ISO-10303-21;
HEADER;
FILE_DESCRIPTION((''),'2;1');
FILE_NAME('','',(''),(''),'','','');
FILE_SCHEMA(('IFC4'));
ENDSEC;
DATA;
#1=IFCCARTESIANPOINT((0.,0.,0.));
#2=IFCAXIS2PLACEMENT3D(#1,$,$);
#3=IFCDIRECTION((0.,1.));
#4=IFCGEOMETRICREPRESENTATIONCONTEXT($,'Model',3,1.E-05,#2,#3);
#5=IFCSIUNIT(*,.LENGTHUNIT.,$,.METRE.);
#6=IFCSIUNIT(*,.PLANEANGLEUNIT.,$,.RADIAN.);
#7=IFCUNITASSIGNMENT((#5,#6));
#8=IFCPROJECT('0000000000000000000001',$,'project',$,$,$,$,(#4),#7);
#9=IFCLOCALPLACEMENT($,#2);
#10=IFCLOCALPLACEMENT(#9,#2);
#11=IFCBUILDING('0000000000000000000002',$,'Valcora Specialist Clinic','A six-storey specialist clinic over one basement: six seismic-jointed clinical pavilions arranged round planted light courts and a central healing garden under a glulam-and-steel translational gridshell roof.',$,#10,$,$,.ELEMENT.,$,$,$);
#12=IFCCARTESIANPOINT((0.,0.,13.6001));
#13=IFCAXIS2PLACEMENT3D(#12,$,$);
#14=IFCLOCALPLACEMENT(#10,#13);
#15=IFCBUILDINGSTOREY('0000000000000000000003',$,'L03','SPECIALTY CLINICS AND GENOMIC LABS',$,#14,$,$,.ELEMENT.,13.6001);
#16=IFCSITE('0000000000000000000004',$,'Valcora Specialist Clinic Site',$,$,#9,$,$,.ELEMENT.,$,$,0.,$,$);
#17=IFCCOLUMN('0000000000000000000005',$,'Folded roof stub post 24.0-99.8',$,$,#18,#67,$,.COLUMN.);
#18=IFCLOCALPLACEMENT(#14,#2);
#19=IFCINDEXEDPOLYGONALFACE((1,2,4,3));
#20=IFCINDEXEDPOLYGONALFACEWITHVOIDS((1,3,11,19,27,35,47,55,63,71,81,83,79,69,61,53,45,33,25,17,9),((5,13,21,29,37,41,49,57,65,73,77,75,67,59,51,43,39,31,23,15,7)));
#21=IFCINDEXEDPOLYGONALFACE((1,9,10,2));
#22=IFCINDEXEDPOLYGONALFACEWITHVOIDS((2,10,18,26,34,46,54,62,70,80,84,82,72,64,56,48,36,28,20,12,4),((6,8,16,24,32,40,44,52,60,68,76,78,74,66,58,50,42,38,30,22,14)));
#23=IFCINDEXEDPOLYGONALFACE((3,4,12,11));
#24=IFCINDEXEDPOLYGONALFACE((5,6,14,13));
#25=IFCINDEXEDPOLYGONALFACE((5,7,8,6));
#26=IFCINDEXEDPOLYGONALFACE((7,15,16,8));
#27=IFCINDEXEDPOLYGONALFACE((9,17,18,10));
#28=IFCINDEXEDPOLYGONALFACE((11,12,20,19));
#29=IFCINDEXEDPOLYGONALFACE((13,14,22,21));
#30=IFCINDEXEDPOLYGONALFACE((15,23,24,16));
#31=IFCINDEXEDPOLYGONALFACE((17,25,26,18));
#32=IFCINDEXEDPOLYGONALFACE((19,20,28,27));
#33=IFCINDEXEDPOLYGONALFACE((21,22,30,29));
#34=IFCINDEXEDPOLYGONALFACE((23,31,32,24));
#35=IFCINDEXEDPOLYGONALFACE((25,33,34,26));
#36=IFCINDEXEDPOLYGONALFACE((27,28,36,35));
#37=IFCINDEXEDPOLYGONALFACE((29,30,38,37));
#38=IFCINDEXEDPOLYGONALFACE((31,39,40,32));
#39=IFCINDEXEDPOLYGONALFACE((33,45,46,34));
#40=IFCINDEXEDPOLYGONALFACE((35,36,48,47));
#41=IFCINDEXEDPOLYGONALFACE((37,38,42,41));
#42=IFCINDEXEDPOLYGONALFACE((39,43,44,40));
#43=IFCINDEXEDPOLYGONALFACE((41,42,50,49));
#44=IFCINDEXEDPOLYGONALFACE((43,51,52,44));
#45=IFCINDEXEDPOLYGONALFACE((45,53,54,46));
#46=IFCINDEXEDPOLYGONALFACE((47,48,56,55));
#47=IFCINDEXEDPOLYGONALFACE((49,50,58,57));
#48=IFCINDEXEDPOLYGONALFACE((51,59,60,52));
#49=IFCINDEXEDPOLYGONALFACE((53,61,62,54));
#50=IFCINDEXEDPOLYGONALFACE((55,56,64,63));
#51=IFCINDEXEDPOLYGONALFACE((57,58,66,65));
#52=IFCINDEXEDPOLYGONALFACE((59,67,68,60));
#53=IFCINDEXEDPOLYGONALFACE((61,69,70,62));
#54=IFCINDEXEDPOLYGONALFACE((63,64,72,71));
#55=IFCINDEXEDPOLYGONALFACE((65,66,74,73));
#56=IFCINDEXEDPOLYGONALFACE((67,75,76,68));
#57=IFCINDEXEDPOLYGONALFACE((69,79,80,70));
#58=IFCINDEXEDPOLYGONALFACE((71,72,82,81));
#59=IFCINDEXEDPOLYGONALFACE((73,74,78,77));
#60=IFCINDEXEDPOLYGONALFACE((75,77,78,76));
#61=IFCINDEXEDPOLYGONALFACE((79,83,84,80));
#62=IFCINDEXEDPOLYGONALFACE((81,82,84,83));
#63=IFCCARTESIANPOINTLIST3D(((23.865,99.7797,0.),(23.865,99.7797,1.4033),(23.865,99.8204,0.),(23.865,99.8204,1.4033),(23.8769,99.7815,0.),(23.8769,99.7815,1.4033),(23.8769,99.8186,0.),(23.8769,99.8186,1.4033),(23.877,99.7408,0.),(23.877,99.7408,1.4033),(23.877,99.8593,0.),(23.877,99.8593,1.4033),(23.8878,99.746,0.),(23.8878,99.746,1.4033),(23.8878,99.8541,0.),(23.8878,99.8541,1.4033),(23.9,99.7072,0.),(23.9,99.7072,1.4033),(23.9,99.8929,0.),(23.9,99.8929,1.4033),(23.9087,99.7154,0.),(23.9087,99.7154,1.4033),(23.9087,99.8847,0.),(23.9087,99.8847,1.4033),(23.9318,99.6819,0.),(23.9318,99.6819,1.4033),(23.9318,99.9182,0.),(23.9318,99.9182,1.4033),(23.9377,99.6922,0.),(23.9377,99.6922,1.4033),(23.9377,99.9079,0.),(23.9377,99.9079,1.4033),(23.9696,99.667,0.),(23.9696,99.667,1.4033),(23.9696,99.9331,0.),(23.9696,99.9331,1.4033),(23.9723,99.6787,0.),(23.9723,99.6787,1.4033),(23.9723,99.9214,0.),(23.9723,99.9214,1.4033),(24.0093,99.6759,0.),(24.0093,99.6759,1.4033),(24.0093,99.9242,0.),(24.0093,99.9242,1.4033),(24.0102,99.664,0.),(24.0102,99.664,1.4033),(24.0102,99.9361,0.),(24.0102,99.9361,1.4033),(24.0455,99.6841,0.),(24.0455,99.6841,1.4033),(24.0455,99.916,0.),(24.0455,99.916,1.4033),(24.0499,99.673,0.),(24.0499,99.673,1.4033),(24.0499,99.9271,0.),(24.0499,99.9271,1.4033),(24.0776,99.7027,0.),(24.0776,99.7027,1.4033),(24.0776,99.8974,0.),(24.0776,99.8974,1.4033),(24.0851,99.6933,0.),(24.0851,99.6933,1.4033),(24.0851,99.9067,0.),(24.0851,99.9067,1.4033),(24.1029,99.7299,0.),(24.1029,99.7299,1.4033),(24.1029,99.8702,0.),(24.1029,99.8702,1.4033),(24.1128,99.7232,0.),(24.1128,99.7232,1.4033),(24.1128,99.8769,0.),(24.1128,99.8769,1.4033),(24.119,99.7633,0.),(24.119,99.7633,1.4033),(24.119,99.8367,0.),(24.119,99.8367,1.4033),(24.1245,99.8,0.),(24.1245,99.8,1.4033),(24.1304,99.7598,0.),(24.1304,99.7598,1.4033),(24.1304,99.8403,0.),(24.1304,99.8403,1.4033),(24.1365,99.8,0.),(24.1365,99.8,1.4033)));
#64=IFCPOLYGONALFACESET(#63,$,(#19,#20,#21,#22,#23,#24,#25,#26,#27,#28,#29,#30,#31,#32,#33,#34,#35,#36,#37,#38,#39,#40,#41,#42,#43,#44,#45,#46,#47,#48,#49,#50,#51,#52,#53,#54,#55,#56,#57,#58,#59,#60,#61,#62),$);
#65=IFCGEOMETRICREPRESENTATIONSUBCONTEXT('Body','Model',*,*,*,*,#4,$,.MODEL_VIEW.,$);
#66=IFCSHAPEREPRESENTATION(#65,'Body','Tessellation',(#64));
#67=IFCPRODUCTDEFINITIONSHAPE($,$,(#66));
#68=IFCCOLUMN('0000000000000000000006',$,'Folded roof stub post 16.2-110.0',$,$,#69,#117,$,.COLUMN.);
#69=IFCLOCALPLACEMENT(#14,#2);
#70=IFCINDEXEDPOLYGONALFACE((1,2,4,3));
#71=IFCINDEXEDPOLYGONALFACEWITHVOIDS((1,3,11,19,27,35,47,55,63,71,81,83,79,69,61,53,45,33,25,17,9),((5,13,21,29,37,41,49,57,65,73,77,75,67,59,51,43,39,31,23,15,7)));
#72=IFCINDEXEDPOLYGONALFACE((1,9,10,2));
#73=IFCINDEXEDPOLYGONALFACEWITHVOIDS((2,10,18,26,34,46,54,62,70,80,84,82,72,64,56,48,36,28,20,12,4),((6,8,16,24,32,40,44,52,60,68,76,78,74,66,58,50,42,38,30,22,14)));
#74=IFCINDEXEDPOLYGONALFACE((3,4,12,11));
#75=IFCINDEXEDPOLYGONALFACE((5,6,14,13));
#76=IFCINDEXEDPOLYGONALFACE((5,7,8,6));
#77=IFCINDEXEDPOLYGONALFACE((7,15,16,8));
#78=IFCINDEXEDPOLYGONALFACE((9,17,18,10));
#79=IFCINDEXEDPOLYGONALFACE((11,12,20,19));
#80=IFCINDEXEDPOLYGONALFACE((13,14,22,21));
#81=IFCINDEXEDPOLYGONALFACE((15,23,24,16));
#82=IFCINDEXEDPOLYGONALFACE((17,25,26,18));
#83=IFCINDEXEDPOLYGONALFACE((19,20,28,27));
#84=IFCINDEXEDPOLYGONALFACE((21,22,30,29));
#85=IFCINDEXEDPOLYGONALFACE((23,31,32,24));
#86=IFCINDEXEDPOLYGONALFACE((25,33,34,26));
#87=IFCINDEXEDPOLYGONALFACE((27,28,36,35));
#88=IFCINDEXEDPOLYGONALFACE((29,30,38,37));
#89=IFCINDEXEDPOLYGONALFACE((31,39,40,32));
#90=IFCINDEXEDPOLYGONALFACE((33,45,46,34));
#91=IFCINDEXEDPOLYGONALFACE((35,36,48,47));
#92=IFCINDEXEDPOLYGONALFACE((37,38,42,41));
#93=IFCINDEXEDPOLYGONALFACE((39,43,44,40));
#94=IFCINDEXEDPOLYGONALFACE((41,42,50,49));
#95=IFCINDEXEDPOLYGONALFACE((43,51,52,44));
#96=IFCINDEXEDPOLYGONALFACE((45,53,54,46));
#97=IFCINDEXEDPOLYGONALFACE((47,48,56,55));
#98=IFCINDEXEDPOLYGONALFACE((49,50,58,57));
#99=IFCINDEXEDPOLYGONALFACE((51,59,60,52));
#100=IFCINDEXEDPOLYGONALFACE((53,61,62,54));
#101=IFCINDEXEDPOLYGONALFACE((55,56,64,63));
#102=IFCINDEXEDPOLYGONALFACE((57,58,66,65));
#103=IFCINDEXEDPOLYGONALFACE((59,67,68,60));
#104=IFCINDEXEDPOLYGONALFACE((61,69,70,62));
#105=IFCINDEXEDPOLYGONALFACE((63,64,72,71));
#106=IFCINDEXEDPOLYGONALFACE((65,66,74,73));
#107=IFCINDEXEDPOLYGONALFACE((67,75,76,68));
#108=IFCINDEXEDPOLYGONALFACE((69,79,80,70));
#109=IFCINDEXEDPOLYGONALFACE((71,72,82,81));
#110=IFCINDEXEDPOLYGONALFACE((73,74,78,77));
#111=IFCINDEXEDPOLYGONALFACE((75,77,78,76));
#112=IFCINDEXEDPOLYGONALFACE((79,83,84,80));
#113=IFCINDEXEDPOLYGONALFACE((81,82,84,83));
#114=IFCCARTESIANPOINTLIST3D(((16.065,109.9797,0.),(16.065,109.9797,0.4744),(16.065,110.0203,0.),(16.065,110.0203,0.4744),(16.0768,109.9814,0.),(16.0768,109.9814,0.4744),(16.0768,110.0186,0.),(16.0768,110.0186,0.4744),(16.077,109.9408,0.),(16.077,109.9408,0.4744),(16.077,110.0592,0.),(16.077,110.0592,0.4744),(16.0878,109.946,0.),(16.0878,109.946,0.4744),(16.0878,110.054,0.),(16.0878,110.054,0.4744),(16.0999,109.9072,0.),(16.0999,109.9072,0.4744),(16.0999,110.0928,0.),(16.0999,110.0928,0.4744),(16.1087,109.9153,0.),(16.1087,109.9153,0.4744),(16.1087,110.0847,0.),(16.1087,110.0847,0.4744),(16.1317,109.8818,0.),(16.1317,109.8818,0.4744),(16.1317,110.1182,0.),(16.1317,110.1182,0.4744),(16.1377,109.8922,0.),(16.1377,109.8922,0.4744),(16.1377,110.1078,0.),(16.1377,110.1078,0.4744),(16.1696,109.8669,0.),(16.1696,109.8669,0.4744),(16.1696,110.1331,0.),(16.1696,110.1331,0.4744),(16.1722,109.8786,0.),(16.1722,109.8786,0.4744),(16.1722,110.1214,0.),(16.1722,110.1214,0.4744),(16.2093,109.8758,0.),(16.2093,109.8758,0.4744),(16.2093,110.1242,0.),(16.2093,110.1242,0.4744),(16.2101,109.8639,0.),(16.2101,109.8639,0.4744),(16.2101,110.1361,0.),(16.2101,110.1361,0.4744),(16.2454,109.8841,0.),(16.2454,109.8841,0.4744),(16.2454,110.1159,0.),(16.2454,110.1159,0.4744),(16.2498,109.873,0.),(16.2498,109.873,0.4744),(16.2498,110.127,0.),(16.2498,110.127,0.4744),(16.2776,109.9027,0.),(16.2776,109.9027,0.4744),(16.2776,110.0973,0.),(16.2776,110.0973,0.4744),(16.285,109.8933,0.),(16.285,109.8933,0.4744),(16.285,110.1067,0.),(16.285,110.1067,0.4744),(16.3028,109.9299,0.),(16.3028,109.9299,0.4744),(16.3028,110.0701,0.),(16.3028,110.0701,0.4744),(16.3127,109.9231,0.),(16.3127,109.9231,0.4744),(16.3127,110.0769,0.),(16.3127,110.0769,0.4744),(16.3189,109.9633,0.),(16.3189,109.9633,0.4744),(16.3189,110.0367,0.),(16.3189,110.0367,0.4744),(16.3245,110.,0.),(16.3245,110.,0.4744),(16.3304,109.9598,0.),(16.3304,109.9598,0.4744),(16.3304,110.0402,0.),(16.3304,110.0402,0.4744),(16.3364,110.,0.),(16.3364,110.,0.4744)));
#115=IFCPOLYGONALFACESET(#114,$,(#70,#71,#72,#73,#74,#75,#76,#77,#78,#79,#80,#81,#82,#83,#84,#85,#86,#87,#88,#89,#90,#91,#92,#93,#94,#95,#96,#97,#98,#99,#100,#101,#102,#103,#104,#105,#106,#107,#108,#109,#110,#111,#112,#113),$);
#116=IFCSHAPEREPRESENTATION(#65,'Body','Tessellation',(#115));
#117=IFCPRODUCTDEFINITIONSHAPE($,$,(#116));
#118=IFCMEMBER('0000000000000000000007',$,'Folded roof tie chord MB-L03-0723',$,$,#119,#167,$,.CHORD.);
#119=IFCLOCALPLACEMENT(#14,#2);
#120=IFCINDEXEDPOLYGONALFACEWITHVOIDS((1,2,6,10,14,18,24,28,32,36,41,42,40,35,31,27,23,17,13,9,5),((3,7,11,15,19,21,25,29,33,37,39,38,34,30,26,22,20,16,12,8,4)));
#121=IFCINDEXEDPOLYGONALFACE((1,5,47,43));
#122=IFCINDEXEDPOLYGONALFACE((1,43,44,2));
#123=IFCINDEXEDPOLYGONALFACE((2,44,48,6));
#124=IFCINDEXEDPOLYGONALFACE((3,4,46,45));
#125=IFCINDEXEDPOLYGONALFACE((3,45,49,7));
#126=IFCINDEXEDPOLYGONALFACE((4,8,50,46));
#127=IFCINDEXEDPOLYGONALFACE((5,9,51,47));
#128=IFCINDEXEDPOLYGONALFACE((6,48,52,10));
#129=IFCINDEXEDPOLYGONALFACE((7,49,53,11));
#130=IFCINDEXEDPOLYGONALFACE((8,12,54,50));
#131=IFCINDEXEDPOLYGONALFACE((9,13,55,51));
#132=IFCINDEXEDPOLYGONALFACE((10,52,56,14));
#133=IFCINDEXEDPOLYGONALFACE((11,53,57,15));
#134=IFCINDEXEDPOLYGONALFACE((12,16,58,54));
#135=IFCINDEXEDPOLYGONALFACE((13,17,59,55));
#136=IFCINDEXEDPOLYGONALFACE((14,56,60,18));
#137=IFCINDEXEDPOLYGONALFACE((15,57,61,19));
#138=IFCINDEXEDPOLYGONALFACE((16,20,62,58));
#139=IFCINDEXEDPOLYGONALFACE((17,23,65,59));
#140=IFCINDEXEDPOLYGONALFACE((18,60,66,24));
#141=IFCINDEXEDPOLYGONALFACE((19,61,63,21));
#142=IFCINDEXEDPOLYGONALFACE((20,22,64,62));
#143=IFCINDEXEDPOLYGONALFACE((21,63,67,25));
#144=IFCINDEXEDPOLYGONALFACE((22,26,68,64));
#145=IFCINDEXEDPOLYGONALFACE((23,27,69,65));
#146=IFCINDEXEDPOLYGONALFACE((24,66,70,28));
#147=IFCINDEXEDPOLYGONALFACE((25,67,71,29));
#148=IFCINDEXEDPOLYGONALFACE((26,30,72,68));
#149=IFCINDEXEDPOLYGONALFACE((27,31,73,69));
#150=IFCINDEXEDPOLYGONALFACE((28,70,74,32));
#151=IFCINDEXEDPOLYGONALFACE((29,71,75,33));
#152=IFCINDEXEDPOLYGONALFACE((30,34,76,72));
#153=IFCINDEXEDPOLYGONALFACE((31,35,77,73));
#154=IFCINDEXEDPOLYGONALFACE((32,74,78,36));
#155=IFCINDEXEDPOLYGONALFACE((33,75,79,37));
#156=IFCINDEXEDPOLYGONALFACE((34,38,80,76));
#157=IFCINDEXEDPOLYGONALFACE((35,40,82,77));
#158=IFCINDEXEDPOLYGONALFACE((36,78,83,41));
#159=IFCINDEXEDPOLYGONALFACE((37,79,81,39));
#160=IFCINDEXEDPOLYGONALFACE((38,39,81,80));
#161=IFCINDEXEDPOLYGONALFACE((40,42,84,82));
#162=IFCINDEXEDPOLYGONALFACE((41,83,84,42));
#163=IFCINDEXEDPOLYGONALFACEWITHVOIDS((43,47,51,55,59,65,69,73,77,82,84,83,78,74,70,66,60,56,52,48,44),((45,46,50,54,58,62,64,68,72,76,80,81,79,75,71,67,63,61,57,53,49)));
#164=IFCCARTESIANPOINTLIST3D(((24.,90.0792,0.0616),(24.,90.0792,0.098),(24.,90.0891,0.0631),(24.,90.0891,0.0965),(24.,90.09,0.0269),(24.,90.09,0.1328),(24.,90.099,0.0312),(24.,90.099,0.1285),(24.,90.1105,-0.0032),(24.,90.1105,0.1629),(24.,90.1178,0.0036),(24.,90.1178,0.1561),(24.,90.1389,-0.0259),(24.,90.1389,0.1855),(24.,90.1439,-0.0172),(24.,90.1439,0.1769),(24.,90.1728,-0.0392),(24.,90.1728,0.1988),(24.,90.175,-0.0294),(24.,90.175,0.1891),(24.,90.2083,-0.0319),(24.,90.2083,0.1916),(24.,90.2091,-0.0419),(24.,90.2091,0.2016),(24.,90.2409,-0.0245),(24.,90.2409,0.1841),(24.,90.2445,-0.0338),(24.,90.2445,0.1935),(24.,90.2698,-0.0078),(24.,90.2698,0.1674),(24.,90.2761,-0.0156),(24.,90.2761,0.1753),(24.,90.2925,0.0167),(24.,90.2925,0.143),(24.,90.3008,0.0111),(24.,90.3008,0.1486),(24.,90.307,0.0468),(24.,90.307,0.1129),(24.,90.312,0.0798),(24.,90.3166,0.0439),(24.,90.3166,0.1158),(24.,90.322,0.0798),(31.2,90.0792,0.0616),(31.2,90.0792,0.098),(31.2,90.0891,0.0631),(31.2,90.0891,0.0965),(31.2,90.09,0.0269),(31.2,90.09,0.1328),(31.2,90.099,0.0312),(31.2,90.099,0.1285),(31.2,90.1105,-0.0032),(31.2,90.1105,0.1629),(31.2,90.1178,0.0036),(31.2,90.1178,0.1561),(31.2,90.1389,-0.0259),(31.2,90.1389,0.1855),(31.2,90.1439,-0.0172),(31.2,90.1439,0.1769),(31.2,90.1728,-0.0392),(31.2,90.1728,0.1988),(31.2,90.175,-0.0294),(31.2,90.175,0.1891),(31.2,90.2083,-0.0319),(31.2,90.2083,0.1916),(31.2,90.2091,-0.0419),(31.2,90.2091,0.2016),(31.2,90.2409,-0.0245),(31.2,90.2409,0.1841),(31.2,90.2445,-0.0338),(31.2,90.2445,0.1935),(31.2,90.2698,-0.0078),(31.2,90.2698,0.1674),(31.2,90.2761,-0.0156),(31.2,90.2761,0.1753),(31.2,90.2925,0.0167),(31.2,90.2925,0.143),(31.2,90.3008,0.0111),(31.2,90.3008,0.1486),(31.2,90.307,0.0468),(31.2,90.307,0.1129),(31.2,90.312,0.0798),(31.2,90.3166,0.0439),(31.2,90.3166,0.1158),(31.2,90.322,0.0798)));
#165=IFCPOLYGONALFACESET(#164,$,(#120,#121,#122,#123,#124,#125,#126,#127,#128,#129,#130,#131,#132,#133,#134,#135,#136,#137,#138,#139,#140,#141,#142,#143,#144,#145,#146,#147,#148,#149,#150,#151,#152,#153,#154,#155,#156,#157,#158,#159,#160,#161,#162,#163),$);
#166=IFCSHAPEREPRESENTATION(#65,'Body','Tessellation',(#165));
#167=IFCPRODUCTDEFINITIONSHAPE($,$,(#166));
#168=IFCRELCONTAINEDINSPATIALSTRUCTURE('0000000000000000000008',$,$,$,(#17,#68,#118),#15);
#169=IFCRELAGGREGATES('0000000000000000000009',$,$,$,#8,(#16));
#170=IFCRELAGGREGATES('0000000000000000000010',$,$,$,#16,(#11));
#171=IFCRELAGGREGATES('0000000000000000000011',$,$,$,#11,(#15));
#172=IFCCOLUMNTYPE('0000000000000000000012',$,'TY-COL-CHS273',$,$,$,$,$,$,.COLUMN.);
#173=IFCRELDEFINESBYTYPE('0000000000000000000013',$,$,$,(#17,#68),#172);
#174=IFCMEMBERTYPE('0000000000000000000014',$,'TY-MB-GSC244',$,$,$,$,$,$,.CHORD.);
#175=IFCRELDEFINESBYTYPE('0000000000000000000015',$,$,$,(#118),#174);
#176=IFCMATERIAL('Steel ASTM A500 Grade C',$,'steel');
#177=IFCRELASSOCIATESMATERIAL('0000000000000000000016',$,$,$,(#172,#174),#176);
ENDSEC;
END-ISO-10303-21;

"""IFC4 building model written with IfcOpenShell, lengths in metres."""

from ifc_helpers import new_model, si_unit, direction, frame, origin, origin_2d, place, context, subcontext, project, spatial, hollow_circle, extrude, material, material_profile, profile_set, type_object, element, save


model = new_model("IFC4")

# Units and contexts
model_context = context("Model", 3, precision=1e-05, world=origin(), true_north=direction((0.0, 1.0)))
body_context = subcontext(model_context, "Body", "Model", "MODEL_VIEW")
ifc_project = project(units=[si_unit("LENGTHUNIT", "METRE"), si_unit("PLANEANGLEUNIT", "RADIAN")], contexts=[model_context])

# Site, building, storey
site_placement = place(None, origin())
site = spatial("IfcSite", under=ifc_project, at=site_placement, Name="Valcora Specialist Clinic Site", CompositionType="ELEMENT", RefElevation=0.0)
building_placement = place(site_placement, origin())
building = spatial("IfcBuilding", under=site, at=building_placement, Name="Valcora Specialist Clinic", Description="A six-storey specialist clinic over one basement: six seismic-jointed clinical pavilions arranged round planted light courts and a central healing garden under a glulam-and-steel translational gridshell roof.", CompositionType="ELEMENT")
storey_placement = place(building_placement, frame((0.0, 0.0, 13.6001)))
storey = spatial("IfcBuildingStorey", under=building, at=storey_placement, Name="L03", Description="SPECIALTY CLINICS AND GENOMIC LABS", CompositionType="ELEMENT", Elevation=13.6001)

# Columns
ifc_material_1 = material(Name="Steel ASTM A500 Grade C", Category="steel")
ifc_material_profile_1 = material_profile(ifc_material_1, hollow_circle(Radius=0.1365, WallThickness=0.012, at=origin_2d()), Name="ST-CHS-273X12")
ifc_profile_set_1 = profile_set([ifc_material_profile_1], Name="Steel ASTM A500 Grade C")
column_type = type_object("IfcColumnType", Name="TY-COL-CHS273", PredefinedType="COLUMN", material=ifc_profile_set_1)
for number, where, z_axis, x_axis, name in (
    (1, (24.0, 99.8, 0.0), (0.0, 0.0, 1.0), (1.0, 0.0, 0.0), "Folded roof stub post 24.0-99.8"),
):
    element("IfcColumn", number, at=place(storey_placement, frame(where, z_axis=z_axis, x_axis=x_axis)), inside=storey, type_object=column_type, Name=name, PredefinedType="COLUMN", context=body_context, shape_type="SweptSolid", body=[
        extrude(hollow_circle(Radius=0.1365, WallThickness=0.012, at=origin_2d()), origin(), (0.0, 0.0, 1.0), 1.4033),
    ])
column_placement = place(storey_placement, frame((16.2, 110.0, 0.0), z_axis=(0.0, 0.0, 1.0), x_axis=(1.0, 0.0, 0.0)))
element("IfcColumn", 2, at=column_placement, inside=storey, type_object=column_type, Name="Folded roof stub post 16.2-110.0", PredefinedType="COLUMN", context=body_context, shape_type="SweptSolid", body=[
    extrude(hollow_circle(Radius=0.1365, WallThickness=0.012, at=origin_2d()), origin(), (0.0, 0.0, 1.0), 0.4744),
])

# Member
ifc_material_profile_2 = material_profile(ifc_material_1, hollow_circle(Radius=0.1221, WallThickness=0.01, at=origin_2d()), Name="ST-CHS-244X10")
ifc_profile_set_2 = profile_set([ifc_material_profile_2], Name="Steel ASTM A500 Grade C")
member_type_1 = type_object("IfcMemberType", Name="TY-MB-GSC244", PredefinedType="CHORD", material=ifc_profile_set_2)
member_1_placement = place(storey_placement, frame((24.0, 90.2, 0.0798), z_axis=(1.0, 0.0, 0.0), x_axis=(0.0, 1.0, 0.0)))
element("IfcMember", 3, at=member_1_placement, inside=storey, type_object=member_type_1, Name="Folded roof tie chord MB-L03-0723", PredefinedType="CHORD", context=body_context, shape_type="SweptSolid", body=[
    extrude(hollow_circle(Radius=0.1221, WallThickness=0.01, at=origin_2d()), origin(), (0.0, 0.0, 1.0), 7.2),
])

save(model, "model.ifc")
